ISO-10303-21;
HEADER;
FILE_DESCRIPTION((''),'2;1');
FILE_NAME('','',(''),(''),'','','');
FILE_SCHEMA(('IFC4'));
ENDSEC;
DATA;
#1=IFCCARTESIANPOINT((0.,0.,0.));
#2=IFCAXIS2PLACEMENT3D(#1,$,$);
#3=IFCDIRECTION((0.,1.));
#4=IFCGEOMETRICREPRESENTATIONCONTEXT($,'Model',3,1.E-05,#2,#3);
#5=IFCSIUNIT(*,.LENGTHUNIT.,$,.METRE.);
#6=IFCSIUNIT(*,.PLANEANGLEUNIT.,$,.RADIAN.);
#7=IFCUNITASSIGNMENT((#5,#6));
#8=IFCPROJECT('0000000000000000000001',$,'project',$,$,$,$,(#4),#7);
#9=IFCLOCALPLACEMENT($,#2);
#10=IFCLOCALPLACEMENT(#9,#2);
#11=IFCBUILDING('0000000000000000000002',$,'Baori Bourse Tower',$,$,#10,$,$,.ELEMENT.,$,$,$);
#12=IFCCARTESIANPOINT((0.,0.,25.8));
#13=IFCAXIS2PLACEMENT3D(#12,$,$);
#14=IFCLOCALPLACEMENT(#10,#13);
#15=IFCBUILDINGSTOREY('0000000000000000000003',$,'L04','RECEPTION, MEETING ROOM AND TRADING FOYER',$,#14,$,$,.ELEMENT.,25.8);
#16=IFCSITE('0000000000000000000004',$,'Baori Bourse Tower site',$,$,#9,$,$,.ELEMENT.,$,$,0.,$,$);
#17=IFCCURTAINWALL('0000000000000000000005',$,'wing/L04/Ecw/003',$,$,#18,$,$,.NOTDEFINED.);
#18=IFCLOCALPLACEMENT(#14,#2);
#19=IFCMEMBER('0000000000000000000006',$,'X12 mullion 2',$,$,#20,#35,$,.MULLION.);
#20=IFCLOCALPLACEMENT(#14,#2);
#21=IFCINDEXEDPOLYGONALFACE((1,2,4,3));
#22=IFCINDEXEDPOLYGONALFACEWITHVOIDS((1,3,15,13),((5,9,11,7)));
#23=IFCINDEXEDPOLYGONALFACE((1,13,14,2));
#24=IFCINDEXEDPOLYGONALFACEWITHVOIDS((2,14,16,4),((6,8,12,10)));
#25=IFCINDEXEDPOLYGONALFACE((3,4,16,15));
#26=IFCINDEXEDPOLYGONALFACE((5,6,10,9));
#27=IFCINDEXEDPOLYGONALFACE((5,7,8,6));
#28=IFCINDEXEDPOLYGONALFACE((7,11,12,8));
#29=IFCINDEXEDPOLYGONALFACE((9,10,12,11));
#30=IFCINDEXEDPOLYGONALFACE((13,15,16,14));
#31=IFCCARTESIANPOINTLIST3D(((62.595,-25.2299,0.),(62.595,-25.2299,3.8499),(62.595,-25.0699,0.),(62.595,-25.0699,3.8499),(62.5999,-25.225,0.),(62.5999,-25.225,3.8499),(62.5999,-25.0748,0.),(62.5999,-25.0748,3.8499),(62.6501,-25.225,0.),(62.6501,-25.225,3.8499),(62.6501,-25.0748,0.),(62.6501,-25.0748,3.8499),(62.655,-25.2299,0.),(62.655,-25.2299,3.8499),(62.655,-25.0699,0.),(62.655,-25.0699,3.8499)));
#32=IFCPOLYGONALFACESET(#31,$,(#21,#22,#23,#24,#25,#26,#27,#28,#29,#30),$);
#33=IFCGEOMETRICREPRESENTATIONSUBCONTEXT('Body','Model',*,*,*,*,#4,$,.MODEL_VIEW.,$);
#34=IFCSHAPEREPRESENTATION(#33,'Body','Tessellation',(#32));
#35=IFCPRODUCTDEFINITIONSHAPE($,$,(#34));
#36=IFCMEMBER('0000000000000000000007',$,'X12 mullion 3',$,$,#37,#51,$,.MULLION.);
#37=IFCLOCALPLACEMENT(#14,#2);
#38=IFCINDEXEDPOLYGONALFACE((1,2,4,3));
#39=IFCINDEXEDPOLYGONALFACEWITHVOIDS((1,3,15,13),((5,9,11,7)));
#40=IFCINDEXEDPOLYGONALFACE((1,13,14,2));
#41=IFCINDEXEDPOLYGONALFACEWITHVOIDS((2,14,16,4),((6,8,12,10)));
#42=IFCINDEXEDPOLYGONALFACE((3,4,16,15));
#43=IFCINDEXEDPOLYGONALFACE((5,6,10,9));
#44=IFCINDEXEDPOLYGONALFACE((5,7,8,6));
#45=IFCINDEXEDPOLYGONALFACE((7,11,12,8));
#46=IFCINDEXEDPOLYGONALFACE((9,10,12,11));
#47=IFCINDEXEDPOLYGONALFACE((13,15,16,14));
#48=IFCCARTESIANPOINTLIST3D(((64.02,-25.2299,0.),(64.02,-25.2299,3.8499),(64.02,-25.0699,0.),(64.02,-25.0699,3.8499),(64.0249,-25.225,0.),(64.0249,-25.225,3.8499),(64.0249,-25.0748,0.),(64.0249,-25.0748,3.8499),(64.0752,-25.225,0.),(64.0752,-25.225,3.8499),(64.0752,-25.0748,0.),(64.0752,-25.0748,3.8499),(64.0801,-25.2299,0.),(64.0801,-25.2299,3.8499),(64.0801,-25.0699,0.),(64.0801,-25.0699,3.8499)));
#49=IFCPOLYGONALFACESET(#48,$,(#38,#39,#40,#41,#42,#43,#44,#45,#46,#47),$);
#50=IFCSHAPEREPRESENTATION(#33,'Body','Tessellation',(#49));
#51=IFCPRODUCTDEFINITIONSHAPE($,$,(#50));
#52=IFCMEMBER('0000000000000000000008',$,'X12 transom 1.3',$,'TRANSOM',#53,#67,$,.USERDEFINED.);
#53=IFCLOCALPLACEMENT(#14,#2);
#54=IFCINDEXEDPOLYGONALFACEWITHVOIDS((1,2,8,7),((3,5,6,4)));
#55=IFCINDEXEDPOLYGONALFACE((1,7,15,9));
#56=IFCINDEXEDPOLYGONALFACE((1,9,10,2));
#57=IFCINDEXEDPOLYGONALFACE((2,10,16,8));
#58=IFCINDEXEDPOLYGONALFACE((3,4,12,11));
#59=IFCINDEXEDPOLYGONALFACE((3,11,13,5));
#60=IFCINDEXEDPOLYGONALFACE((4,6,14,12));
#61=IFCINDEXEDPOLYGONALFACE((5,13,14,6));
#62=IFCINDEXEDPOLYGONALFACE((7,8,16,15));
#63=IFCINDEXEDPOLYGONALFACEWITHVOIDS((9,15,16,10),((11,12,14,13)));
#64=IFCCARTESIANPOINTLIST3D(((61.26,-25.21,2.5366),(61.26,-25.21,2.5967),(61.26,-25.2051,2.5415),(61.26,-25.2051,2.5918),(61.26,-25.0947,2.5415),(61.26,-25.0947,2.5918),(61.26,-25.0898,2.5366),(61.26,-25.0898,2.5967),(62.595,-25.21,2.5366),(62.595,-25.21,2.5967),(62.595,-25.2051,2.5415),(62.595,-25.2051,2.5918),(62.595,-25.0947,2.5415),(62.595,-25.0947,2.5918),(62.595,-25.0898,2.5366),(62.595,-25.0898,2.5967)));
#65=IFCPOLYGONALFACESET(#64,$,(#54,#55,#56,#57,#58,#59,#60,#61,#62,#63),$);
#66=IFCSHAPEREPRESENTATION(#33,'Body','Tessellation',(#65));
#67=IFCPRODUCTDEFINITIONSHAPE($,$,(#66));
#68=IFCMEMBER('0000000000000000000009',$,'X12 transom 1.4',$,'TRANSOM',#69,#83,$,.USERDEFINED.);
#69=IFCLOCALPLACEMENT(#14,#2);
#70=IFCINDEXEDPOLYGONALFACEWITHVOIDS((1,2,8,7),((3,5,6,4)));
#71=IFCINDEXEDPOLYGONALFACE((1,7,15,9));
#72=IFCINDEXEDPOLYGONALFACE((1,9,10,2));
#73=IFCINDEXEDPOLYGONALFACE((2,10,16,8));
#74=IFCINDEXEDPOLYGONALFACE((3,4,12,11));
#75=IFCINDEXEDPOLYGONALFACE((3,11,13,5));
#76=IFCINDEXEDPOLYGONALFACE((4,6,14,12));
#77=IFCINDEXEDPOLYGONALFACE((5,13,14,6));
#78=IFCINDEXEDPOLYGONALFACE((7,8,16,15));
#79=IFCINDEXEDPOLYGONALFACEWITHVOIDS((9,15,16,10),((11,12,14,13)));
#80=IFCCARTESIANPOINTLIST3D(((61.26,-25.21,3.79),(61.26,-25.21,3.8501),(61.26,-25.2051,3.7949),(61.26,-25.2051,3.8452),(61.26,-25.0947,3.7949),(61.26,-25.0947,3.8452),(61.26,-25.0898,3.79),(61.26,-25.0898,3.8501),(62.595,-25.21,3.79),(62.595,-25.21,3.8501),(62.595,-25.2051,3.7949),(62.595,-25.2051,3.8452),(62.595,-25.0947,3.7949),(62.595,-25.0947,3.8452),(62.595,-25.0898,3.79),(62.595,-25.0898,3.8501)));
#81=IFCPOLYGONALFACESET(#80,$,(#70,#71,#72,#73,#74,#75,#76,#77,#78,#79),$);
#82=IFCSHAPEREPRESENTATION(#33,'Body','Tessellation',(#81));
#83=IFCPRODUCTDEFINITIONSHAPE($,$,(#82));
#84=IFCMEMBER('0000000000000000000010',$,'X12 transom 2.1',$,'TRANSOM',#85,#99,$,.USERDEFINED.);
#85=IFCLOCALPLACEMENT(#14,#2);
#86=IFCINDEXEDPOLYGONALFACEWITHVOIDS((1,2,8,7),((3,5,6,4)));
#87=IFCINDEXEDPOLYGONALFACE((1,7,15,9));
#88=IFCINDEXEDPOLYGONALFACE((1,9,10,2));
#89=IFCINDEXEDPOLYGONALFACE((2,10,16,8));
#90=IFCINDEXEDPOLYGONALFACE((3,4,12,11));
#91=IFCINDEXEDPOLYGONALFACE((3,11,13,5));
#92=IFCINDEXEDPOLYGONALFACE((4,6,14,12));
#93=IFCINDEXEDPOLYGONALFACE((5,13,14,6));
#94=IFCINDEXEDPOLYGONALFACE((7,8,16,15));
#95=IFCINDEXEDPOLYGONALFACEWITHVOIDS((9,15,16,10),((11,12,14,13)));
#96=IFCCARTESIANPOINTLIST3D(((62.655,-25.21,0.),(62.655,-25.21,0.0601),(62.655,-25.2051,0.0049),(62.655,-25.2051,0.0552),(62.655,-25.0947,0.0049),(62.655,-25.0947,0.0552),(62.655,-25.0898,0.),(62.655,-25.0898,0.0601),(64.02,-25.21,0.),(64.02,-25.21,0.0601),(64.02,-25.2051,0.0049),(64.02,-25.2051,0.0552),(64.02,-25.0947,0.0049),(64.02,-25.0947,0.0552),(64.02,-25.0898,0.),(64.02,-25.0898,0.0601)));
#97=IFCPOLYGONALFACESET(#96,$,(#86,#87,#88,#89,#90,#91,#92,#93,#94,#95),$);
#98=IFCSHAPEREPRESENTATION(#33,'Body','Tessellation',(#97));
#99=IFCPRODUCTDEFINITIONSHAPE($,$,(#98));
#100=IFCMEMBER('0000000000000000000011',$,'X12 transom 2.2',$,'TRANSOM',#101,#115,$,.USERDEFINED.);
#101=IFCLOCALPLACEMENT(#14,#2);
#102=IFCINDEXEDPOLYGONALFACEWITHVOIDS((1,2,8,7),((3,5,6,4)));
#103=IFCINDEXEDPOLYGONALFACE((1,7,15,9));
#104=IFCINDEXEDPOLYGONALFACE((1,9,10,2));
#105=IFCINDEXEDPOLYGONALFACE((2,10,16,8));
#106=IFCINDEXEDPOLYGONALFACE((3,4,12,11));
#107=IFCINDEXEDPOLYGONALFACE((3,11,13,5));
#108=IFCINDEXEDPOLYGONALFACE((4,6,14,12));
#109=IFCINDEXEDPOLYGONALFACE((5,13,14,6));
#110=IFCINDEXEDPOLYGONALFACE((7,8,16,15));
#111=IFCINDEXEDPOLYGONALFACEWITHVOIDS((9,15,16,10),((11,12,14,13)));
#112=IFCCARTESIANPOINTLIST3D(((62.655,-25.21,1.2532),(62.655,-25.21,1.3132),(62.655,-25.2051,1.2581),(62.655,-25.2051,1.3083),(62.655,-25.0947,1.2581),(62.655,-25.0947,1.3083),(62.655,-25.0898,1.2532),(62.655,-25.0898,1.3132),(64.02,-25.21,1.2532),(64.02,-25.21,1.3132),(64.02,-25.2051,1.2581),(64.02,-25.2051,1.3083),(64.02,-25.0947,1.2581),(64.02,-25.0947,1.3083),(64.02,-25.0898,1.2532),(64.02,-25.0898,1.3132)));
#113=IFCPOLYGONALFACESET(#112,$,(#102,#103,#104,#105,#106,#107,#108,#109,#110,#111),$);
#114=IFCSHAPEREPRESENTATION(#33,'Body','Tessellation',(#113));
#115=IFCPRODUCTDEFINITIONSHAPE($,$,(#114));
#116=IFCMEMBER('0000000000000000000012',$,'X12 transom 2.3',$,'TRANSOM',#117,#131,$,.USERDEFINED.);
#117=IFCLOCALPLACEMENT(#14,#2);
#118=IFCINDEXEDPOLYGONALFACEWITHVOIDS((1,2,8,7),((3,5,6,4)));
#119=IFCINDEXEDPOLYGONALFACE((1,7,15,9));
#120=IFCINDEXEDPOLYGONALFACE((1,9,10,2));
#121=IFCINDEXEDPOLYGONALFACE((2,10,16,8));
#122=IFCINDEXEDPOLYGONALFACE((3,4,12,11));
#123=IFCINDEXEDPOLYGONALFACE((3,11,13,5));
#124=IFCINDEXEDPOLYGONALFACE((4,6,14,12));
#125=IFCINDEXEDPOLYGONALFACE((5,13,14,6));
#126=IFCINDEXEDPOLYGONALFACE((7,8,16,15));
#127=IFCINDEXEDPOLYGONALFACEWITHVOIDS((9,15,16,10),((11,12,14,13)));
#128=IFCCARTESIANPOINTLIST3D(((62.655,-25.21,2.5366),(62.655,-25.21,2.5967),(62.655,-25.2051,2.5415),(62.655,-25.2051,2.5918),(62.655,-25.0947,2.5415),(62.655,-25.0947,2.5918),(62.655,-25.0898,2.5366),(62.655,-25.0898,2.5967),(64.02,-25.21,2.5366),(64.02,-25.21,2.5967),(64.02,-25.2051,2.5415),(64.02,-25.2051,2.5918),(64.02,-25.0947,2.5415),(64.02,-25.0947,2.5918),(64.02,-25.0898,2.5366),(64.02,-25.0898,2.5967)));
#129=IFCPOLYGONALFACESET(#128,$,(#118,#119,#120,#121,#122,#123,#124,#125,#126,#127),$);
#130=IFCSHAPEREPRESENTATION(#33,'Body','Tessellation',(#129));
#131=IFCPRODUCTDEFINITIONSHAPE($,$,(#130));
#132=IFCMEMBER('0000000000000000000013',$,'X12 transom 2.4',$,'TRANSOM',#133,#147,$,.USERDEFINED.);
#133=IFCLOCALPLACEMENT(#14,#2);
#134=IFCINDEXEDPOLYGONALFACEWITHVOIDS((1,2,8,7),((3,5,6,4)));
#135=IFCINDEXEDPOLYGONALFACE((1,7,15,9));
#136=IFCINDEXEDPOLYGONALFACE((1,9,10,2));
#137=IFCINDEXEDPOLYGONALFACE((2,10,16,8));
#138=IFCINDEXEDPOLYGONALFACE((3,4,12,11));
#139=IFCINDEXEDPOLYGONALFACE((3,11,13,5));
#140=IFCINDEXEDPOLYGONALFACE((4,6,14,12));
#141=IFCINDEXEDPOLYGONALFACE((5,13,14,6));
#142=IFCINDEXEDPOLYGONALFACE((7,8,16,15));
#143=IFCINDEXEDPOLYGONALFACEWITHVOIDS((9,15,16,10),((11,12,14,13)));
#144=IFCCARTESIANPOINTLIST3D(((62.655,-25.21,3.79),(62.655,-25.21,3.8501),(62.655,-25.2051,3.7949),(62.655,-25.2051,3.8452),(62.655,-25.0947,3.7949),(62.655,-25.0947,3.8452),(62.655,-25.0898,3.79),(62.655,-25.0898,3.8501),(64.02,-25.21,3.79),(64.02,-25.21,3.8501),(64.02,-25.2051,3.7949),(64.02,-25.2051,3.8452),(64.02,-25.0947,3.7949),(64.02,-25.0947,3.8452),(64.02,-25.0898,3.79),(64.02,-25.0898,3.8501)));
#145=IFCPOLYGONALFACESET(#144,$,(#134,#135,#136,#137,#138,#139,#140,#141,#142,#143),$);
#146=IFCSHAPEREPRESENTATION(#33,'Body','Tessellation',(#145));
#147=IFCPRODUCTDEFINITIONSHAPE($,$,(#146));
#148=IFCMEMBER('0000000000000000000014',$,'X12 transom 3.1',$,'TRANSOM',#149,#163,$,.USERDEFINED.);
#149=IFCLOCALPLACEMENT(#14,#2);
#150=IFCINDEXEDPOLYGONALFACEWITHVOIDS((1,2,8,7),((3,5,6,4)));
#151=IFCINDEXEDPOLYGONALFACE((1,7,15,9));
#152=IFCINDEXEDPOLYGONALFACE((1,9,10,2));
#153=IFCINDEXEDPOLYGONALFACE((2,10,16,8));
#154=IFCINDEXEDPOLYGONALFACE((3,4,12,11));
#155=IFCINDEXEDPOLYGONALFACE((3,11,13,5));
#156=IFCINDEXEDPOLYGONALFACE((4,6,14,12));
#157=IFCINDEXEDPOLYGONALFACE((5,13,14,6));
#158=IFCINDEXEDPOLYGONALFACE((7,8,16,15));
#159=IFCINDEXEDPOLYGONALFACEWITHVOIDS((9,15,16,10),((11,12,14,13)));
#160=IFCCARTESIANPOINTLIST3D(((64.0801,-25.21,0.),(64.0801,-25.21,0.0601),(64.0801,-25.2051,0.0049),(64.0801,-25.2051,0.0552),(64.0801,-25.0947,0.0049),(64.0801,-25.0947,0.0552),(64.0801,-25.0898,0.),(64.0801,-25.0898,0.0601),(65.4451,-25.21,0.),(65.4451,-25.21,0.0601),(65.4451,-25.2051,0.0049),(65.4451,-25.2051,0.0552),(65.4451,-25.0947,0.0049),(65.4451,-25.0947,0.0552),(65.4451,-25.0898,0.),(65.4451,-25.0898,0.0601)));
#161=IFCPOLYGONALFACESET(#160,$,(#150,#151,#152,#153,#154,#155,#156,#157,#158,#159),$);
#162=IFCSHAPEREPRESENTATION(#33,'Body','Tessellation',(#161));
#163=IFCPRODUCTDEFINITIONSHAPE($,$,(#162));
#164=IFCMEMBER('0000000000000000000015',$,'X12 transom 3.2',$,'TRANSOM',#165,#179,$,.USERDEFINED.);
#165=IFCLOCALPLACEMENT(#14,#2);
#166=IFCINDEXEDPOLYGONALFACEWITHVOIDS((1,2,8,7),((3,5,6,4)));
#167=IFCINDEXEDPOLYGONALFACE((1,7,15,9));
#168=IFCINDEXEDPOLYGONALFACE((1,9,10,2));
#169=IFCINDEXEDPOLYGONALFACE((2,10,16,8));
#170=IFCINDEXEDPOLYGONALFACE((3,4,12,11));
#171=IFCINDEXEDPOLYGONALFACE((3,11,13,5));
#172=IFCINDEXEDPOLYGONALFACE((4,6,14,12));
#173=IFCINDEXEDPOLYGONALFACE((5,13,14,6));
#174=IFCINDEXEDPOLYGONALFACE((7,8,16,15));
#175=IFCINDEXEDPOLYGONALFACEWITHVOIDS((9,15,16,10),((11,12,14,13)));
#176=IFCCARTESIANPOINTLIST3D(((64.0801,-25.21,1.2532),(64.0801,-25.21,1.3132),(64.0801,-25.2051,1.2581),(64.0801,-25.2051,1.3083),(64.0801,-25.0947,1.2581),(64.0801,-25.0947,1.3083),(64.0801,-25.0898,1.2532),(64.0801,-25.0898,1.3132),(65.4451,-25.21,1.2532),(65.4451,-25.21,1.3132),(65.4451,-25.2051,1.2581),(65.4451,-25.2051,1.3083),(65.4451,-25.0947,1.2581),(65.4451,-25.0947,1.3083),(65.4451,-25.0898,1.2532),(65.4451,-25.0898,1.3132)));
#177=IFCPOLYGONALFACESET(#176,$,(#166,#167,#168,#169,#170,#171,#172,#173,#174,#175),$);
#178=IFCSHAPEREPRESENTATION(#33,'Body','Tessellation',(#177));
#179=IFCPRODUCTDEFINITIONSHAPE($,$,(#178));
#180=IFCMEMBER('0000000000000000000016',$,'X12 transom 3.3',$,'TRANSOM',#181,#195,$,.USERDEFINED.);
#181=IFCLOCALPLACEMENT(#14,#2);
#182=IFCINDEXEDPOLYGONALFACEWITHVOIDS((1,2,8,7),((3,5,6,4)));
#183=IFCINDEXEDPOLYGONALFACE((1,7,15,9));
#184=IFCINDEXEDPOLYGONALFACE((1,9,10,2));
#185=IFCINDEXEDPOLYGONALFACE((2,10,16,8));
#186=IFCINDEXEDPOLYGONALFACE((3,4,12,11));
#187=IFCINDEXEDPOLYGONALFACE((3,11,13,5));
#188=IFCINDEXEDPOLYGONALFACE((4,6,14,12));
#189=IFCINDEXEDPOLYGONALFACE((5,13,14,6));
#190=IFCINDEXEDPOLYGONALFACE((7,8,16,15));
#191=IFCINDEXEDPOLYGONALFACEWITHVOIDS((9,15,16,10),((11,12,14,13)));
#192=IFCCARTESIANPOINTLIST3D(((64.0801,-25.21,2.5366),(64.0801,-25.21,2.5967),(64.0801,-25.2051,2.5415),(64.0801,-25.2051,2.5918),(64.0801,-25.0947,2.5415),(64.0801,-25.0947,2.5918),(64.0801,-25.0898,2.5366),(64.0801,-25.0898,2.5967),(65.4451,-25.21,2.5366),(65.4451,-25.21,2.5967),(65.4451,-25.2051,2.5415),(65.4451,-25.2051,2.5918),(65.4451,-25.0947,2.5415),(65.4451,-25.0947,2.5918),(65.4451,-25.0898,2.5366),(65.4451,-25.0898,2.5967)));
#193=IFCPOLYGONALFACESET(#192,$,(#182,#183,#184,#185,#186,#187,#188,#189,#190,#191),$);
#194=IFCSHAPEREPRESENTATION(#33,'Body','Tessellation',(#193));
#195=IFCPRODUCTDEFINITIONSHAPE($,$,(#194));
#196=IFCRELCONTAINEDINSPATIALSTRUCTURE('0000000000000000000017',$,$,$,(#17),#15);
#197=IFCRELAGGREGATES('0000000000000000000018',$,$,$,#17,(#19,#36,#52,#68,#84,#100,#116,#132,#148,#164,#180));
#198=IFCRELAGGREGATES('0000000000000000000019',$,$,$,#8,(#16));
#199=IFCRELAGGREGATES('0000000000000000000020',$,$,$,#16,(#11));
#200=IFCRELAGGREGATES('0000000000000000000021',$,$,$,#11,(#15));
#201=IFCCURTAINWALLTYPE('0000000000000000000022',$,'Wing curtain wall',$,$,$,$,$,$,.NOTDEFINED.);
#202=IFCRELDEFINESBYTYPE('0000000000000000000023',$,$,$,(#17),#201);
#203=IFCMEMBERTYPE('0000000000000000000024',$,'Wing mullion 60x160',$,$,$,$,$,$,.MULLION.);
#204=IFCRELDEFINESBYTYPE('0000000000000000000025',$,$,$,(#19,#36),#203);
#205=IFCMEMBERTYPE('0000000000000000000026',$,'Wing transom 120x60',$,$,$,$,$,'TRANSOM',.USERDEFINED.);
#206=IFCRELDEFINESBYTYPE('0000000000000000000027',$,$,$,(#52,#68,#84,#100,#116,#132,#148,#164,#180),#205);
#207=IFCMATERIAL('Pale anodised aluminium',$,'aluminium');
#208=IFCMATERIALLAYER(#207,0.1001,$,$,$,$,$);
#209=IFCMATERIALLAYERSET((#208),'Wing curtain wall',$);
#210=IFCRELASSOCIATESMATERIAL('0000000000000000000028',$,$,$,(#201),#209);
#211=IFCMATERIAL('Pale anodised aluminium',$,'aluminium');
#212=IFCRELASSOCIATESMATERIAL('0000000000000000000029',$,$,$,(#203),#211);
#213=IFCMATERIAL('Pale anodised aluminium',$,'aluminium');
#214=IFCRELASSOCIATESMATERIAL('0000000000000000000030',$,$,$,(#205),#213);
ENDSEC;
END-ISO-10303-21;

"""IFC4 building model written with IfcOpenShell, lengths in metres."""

from ifc_helpers import new_model, si_unit, direction, frame, origin, origin_2d, place, context, subcontext, project, spatial, hollow_rectangle, extrude, material, layer, layer_set, material_profile, profile_set, type_object, element, aggregate, save


model = new_model("IFC4")

# Units and contexts
model_context = context("Model", 3, precision=1e-05, world=origin(), true_north=direction((0.0, 1.0)))
body_context = subcontext(model_context, "Body", "Model", "MODEL_VIEW")
ifc_project = project(units=[si_unit("LENGTHUNIT", "METRE"), si_unit("PLANEANGLEUNIT", "RADIAN")], contexts=[model_context])

# Site, building, storey
site_placement = place(None, origin())
site = spatial("IfcSite", under=ifc_project, at=site_placement, Name="Baori Bourse Tower site", CompositionType="ELEMENT", RefElevation=0.0)
building_placement = place(site_placement, origin())
building = spatial("IfcBuilding", under=site, at=building_placement, Name="Baori Bourse Tower", CompositionType="ELEMENT")
storey_placement = place(building_placement, frame((0.0, 0.0, 25.8)))
storey = spatial("IfcBuildingStorey", under=building, at=storey_placement, Name="L04", Description="RECEPTION, MEETING ROOM AND TRADING FOYER", CompositionType="ELEMENT", Elevation=25.8)

# Curtain wall, members
ifc_material_1 = material(Name="Pale anodised aluminium", Category="aluminium")
ifc_layer_1 = layer(ifc_material_1, 0.1001)
ifc_layer_set_1 = layer_set([ifc_layer_1], Name="Wing curtain wall")
curtain_wall_type = type_object("IfcCurtainWallType", Name="Wing curtain wall", PredefinedType="NOTDEFINED", material=ifc_layer_set_1)
curtain_wall_placement = place(storey_placement, origin())
curtain_wall = element("IfcCurtainWall", 1, at=curtain_wall_placement, inside=storey, type_object=curtain_wall_type, Name="wing/L04/Ecw/003", PredefinedType="NOTDEFINED")
ifc_material_2 = material(Name="Pale anodised aluminium", Category="aluminium")
ifc_material_profile_1 = material_profile(ifc_material_2, hollow_rectangle(XDim=0.1599, YDim=0.0601, WallThickness=0.0049, at=origin_2d()), Name="Mullion 160x60x5")
ifc_profile_set_1 = profile_set([ifc_material_profile_1], Name="Pale anodised aluminium")
member_type_1 = type_object("IfcMemberType", Name="Wing mullion 60x160", PredefinedType="MULLION", material=ifc_profile_set_1)
member_1_placement = place(storey_placement, frame((62.625, -25.1499, 0.0), z_axis=(0.0, 0.0, 1.0), x_axis=(0.0, 1.0, 0.0)))
member_1 = element("IfcMember", 2, at=member_1_placement, type_object=member_type_1, Name="X12 mullion 2", PredefinedType="MULLION", context=body_context, shape_type="SweptSolid", body=[
    extrude(hollow_rectangle(XDim=0.1599, YDim=0.0601, WallThickness=0.0049, at=origin_2d()), origin(), (0.0, 0.0, 1.0), 3.8499),
])
member_2_placement = place(storey_placement, frame((64.05, -25.1499, 0.0), z_axis=(0.0, 0.0, 1.0), x_axis=(0.0, 1.0, 0.0)))
member_2 = element("IfcMember", 3, at=member_2_placement, type_object=member_type_1, Name="X12 mullion 3", PredefinedType="MULLION", context=body_context, shape_type="SweptSolid", body=[
    extrude(hollow_rectangle(XDim=0.1599, YDim=0.0601, WallThickness=0.0049, at=origin_2d()), origin(), (0.0, 0.0, 1.0), 3.8499),
])
ifc_material_3 = material(Name="Pale anodised aluminium", Category="aluminium")
ifc_material_profile_2 = material_profile(ifc_material_3, hollow_rectangle(XDim=0.1201, YDim=0.0601, WallThickness=0.0049, at=origin_2d()), Name="Transom 120x60x5")
ifc_profile_set_2 = profile_set([ifc_material_profile_2], Name="Pale anodised aluminium")
member_type_2 = type_object("IfcMemberType", Name="Wing transom 120x60", ElementType="TRANSOM", PredefinedType="USERDEFINED", material=ifc_profile_set_2)
member_3_placement = place(storey_placement, frame((61.26, -25.1499, 2.5667), z_axis=(1.0, 0.0, 0.0), x_axis=(0.0, 1.0, 0.0)))
member_3 = element("IfcMember", 4, at=member_3_placement, type_object=member_type_2, Name="X12 transom 1.3", ObjectType="TRANSOM", PredefinedType="USERDEFINED", context=body_context, shape_type="SweptSolid", body=[
    extrude(hollow_rectangle(XDim=0.1201, YDim=0.0601, WallThickness=0.0049, at=origin_2d()), origin(), (0.0, 0.0, 1.0), 1.335),
])
member_4_placement = place(storey_placement, frame((61.26, -25.1499, 3.8201), z_axis=(1.0, 0.0, 0.0), x_axis=(0.0, 1.0, 0.0)))
member_4 = element("IfcMember", 5, at=member_4_placement, type_object=member_type_2, Name="X12 transom 1.4", ObjectType="TRANSOM", PredefinedType="USERDEFINED", context=body_context, shape_type="SweptSolid", body=[
    extrude(hollow_rectangle(XDim=0.1201, YDim=0.0601, WallThickness=0.0049, at=origin_2d()), origin(), (0.0, 0.0, 1.0), 1.335),
])
member_5_placement = place(storey_placement, frame((62.655, -25.1499, 0.03), z_axis=(1.0, 0.0, 0.0), x_axis=(0.0, 1.0, 0.0)))
member_5 = element("IfcMember", 6, at=member_5_placement, type_object=member_type_2, Name="X12 transom 2.1", ObjectType="TRANSOM", PredefinedType="USERDEFINED", context=body_context, shape_type="SweptSolid", body=[
    extrude(hollow_rectangle(XDim=0.1201, YDim=0.0601, WallThickness=0.0049, at=origin_2d()), origin(), (0.0, 0.0, 1.0), 1.365),
])
member_6_placement = place(storey_placement, frame((62.655, -25.1499, 1.2832), z_axis=(1.0, 0.0, 0.0), x_axis=(0.0, 1.0, 0.0)))
member_6 = element("IfcMember", 7, at=member_6_placement, type_object=member_type_2, Name="X12 transom 2.2", ObjectType="TRANSOM", PredefinedType="USERDEFINED", context=body_context, shape_type="SweptSolid", body=[
    extrude(hollow_rectangle(XDim=0.1201, YDim=0.0601, WallThickness=0.0049, at=origin_2d()), origin(), (0.0, 0.0, 1.0), 1.365),
])
member_7_placement = place(storey_placement, frame((62.655, -25.1499, 2.5667), z_axis=(1.0, 0.0, 0.0), x_axis=(0.0, 1.0, 0.0)))
member_7 = element("IfcMember", 8, at=member_7_placement, type_object=member_type_2, Name="X12 transom 2.3", ObjectType="TRANSOM", PredefinedType="USERDEFINED", context=body_context, shape_type="SweptSolid", body=[
    extrude(hollow_rectangle(XDim=0.1201, YDim=0.0601, WallThickness=0.0049, at=origin_2d()), origin(), (0.0, 0.0, 1.0), 1.365),
])
member_8_placement = place(storey_placement, frame((62.655, -25.1499, 3.8201), z_axis=(1.0, 0.0, 0.0), x_axis=(0.0, 1.0, 0.0)))
member_8 = element("IfcMember", 9, at=member_8_placement, type_object=member_type_2, Name="X12 transom 2.4", ObjectType="TRANSOM", PredefinedType="USERDEFINED", context=body_context, shape_type="SweptSolid", body=[
    extrude(hollow_rectangle(XDim=0.1201, YDim=0.0601, WallThickness=0.0049, at=origin_2d()), origin(), (0.0, 0.0, 1.0), 1.365),
])
member_9_placement = place(storey_placement, frame((64.0801, -25.1499, 0.03), z_axis=(1.0, 0.0, 0.0), x_axis=(0.0, 1.0, 0.0)))
member_9 = element("IfcMember", 10, at=member_9_placement, type_object=member_type_2, Name="X12 transom 3.1", ObjectType="TRANSOM", PredefinedType="USERDEFINED", context=body_context, shape_type="SweptSolid", body=[
    extrude(hollow_rectangle(XDim=0.1201, YDim=0.0601, WallThickness=0.0049, at=origin_2d()), origin(), (0.0, 0.0, 1.0), 1.365),
])
member_10_placement = place(storey_placement, frame((64.0801, -25.1499, 1.2832), z_axis=(1.0, 0.0, 0.0), x_axis=(0.0, 1.0, 0.0)))
member_10 = element("IfcMember", 11, at=member_10_placement, type_object=member_type_2, Name="X12 transom 3.2", ObjectType="TRANSOM", PredefinedType="USERDEFINED", context=body_context, shape_type="SweptSolid", body=[
    extrude(hollow_rectangle(XDim=0.1201, YDim=0.0601, WallThickness=0.0049, at=origin_2d()), origin(), (0.0, 0.0, 1.0), 1.365),
])
member_11_placement = place(storey_placement, frame((64.0801, -25.1499, 2.5667), z_axis=(1.0, 0.0, 0.0), x_axis=(0.0, 1.0, 0.0)))
member_11 = element("IfcMember", 12, at=member_11_placement, type_object=member_type_2, Name="X12 transom 3.3", ObjectType="TRANSOM", PredefinedType="USERDEFINED", context=body_context, shape_type="SweptSolid", body=[
    extrude(hollow_rectangle(XDim=0.1201, YDim=0.0601, WallThickness=0.0049, at=origin_2d()), origin(), (0.0, 0.0, 1.0), 1.365),
])
aggregate(curtain_wall, [member_1, member_2, member_3, member_4, member_5, member_6, member_7, member_8, member_9, member_10, member_11])

save(model, "model.ifc")
